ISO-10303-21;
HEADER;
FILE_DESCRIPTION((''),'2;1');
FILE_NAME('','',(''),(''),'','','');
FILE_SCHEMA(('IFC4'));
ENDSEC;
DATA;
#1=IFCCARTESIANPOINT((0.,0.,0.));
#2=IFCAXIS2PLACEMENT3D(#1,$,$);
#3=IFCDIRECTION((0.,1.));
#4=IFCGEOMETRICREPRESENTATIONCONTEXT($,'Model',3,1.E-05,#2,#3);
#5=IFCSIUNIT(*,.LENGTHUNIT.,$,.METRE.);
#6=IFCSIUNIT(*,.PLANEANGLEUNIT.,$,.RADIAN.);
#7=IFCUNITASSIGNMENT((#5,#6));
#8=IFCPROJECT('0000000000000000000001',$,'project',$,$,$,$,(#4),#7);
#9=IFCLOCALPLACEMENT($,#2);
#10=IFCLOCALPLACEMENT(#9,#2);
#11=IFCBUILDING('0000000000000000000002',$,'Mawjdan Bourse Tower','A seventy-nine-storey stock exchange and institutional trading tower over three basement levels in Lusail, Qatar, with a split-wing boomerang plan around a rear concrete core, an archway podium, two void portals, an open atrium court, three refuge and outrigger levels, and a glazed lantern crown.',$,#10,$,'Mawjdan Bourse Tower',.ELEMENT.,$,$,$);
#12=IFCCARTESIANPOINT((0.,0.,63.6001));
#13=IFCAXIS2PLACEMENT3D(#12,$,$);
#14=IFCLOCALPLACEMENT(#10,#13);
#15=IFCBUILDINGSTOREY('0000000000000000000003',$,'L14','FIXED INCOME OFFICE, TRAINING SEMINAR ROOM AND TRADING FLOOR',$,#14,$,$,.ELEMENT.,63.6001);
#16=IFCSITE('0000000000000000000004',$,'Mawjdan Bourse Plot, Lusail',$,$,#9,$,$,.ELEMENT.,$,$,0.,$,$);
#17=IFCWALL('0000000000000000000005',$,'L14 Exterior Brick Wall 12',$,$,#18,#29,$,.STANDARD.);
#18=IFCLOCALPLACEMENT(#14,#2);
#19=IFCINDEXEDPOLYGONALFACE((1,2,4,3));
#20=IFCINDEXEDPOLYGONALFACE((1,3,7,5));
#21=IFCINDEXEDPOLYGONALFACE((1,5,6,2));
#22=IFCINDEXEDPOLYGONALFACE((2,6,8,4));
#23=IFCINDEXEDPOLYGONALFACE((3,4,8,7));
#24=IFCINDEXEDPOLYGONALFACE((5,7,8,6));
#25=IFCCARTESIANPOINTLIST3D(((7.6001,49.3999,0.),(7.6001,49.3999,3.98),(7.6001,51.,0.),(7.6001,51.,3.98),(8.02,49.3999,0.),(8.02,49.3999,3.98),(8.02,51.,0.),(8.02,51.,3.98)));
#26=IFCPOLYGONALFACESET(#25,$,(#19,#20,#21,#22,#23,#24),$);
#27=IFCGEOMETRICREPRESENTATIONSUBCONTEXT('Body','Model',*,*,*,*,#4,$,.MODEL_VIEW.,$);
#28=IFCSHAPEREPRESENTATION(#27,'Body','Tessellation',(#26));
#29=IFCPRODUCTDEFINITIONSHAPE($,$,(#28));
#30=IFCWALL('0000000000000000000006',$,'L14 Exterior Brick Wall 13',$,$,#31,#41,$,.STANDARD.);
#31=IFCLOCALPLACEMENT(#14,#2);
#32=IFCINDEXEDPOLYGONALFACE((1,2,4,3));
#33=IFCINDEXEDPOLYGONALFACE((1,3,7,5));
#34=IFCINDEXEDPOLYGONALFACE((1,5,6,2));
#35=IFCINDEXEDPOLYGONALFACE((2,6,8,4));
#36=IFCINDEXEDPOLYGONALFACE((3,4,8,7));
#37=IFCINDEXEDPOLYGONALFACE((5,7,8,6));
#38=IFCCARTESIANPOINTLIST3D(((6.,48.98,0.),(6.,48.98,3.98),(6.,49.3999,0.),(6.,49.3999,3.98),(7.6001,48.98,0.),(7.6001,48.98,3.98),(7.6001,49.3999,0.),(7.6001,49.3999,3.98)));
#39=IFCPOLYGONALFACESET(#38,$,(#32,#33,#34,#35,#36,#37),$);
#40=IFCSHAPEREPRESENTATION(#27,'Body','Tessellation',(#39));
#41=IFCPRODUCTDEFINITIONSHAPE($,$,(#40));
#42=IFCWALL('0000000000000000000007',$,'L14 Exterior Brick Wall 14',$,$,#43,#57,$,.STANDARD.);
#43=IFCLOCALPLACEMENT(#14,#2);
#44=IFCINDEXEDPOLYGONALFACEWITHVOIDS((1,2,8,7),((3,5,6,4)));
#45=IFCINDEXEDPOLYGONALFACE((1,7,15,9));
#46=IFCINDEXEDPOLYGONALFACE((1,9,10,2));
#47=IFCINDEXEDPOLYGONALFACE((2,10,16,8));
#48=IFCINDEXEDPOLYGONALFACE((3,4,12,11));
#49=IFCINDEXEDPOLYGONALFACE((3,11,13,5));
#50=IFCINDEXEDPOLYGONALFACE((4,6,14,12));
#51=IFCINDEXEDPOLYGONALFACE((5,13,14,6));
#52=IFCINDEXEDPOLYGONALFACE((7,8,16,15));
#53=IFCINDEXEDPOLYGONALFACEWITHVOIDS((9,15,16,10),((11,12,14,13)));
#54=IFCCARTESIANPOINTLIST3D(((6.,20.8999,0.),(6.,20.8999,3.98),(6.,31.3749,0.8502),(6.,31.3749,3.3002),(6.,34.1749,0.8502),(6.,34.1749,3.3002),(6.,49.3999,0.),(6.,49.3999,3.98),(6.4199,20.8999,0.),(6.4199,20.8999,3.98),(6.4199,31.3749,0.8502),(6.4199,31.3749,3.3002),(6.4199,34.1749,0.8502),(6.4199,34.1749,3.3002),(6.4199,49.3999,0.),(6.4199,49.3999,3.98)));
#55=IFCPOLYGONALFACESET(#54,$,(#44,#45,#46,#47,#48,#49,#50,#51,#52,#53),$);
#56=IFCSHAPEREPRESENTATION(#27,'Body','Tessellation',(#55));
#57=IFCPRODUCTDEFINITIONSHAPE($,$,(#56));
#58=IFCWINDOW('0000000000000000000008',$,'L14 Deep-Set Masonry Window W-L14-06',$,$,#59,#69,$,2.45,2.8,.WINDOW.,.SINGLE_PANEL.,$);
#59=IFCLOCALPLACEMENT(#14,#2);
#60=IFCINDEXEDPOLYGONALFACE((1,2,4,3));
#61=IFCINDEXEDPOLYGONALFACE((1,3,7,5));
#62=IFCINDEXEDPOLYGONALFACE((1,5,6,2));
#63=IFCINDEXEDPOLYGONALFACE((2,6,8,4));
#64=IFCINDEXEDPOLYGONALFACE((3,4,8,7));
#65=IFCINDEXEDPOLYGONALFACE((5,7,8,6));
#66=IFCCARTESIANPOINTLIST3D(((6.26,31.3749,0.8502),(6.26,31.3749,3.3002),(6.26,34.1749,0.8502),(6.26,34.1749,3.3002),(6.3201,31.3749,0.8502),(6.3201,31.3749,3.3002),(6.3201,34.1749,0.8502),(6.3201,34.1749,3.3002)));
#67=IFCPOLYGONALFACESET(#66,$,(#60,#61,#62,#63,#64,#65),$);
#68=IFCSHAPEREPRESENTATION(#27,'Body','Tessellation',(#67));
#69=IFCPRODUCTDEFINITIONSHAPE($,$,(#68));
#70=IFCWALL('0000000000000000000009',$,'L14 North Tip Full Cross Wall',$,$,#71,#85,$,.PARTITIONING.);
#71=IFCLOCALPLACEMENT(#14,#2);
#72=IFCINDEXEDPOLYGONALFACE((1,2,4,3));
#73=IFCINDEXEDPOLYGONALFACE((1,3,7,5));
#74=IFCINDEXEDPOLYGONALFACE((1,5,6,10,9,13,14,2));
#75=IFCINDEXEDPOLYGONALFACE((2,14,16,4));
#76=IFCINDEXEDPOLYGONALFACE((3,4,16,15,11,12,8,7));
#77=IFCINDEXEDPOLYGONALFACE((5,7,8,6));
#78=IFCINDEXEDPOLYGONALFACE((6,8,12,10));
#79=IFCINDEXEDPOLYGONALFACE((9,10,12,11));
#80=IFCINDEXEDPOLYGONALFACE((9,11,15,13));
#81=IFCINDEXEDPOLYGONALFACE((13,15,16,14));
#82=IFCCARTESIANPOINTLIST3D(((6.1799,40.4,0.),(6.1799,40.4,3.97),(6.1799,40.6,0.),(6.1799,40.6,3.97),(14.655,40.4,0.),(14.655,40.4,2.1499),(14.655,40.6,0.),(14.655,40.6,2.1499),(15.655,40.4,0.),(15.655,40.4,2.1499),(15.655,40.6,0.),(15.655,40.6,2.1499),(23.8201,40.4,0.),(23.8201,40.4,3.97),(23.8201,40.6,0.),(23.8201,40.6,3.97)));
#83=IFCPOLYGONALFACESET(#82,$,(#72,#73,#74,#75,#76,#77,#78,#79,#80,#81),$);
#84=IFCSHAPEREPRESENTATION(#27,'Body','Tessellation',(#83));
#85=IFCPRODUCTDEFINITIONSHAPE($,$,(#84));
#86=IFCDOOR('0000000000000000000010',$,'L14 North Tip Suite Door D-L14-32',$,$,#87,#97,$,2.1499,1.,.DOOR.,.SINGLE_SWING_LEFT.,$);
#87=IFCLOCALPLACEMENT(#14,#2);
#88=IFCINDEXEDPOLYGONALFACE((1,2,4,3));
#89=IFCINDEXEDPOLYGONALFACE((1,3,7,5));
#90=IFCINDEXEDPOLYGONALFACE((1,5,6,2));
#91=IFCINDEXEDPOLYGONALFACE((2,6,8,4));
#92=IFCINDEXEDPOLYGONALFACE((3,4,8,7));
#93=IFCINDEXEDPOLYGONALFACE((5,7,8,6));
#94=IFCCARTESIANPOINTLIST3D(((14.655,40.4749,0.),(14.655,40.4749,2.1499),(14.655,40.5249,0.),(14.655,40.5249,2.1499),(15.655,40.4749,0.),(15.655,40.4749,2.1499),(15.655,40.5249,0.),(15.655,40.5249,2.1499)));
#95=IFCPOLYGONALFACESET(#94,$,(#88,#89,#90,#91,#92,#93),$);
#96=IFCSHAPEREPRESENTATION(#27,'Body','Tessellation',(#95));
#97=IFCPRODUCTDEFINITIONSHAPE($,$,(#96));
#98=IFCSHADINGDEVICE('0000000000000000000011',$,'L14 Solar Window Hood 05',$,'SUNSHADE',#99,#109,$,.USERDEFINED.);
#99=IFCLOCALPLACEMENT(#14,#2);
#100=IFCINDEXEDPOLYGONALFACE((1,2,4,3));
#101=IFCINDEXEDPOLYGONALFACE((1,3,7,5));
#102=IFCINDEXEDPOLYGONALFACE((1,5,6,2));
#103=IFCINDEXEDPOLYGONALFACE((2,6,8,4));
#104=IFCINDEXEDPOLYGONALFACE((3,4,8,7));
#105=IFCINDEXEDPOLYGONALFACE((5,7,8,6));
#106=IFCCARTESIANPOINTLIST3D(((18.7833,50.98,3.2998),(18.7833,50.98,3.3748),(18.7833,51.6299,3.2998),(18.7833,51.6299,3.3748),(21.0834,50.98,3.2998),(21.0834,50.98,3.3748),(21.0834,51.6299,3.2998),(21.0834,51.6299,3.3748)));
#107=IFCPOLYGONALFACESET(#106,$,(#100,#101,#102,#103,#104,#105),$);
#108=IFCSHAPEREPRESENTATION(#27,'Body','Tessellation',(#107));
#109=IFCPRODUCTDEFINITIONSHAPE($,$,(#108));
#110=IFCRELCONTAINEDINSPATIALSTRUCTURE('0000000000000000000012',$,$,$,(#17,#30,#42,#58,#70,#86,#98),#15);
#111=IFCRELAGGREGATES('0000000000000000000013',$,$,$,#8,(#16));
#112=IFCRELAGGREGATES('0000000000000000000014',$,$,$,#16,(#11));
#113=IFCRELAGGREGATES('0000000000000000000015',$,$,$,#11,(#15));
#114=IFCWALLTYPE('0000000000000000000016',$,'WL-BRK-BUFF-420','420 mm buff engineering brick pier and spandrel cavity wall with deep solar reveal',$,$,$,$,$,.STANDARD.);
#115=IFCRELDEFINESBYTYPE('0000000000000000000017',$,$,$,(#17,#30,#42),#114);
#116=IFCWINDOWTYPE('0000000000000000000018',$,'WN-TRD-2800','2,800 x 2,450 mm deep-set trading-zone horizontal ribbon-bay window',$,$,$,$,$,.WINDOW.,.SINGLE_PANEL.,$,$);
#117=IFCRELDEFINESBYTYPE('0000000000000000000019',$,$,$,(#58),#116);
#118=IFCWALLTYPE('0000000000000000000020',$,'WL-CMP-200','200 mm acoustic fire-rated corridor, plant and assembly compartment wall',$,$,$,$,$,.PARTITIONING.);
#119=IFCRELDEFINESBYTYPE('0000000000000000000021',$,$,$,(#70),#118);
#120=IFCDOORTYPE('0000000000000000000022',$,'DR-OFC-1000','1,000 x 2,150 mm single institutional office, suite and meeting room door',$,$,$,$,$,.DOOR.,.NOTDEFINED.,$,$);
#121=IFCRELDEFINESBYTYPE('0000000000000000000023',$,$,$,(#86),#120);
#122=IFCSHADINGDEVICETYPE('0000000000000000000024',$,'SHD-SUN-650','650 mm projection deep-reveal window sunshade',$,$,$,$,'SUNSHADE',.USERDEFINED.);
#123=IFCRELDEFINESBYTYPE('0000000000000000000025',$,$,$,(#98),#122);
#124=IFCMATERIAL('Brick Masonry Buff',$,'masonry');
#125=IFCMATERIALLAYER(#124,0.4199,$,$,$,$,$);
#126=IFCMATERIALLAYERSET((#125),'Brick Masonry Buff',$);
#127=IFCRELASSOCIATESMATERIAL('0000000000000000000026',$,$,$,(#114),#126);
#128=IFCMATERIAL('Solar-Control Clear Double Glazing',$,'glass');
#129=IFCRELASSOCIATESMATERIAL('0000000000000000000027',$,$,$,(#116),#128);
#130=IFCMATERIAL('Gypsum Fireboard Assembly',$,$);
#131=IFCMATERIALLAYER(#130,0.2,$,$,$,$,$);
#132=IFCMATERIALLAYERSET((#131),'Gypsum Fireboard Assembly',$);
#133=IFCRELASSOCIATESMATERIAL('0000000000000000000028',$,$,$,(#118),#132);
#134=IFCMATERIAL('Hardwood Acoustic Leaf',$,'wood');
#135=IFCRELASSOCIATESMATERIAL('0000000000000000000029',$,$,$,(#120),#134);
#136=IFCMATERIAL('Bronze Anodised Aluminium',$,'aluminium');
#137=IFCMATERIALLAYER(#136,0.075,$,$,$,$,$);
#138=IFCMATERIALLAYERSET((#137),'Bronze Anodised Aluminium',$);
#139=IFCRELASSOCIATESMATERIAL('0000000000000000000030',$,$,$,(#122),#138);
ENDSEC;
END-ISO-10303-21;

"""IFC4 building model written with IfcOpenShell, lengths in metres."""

from ifc_helpers import new_model, si_unit, direction, frame, frame_2d, origin, origin_2d, place, context, subcontext, project, spatial, rectangle, extrude, material, layer, layer_set, type_object, element, fill, save


model = new_model("IFC4")

# Units and contexts
model_context = context("Model", 3, precision=1e-05, world=origin(), true_north=direction((0.0, 1.0)))
body_context = subcontext(model_context, "Body", "Model", "MODEL_VIEW")
ifc_project = project(units=[si_unit("LENGTHUNIT", "METRE"), si_unit("PLANEANGLEUNIT", "RADIAN")], contexts=[model_context])

# Site, building, storey
site_placement = place(None, origin())
site = spatial("IfcSite", under=ifc_project, at=site_placement, Name="Mawjdan Bourse Plot, Lusail", CompositionType="ELEMENT", RefElevation=0.0)
building_placement = place(site_placement, origin())
building = spatial("IfcBuilding", under=site, at=building_placement, Name="Mawjdan Bourse Tower", Description="A seventy-nine-storey stock exchange and institutional trading tower over three basement levels in Lusail, Qatar, with a split-wing boomerang plan around a rear concrete core, an archway podium, two void portals, an open atrium court, three refuge and outrigger levels, and a glazed lantern crown.", LongName="Mawjdan Bourse Tower", CompositionType="ELEMENT")
storey_placement = place(building_placement, frame((0.0, 0.0, 63.6001)))
storey = spatial("IfcBuildingStorey", under=building, at=storey_placement, Name="L14", Description="FIXED INCOME OFFICE, TRAINING SEMINAR ROOM AND TRADING FLOOR", CompositionType="ELEMENT", Elevation=63.6001)

# Walls
ifc_material_1 = material(Name="Brick Masonry Buff", Category="masonry")
ifc_layer_1 = layer(ifc_material_1, 0.4199)
ifc_layer_set_1 = layer_set([ifc_layer_1], Name="Brick Masonry Buff")
wall_type_1 = type_object("IfcWallType", Name="WL-BRK-BUFF-420", Description="420 mm buff engineering brick pier and spandrel cavity wall with deep solar reveal", PredefinedType="STANDARD", material=ifc_layer_set_1)
for number, where, z_axis, x_axis, name in (
    (1, (7.8101, 51.0, 0.0), (0.0, 0.0, 1.0), (0.0, -1.0, 0.0), "L14 Exterior Brick Wall 12"),
    (2, (7.6001, 49.1899, 0.0), (0.0, 0.0, 1.0), (-1.0, 0.0, 0.0), "L14 Exterior Brick Wall 13"),
):
    element("IfcWall", number, at=place(storey_placement, frame(where, z_axis=z_axis, x_axis=x_axis)), inside=storey, type_object=wall_type_1, Name=name, PredefinedType="STANDARD", context=body_context, shape_type="SweptSolid", body=[
        extrude(rectangle(XDim=1.6001, YDim=0.4199, at=frame_2d((0.8, 0.0))), origin(), (0.0, 0.0, 1.0), 3.98),
    ])

# Wall, opening, window
wall_1_placement = place(storey_placement, frame((6.21, 49.3999, 0.0), z_axis=(0.0, 0.0, 1.0), x_axis=(0.0, -1.0, 0.0)))
wall_1 = element("IfcWall", 3, at=wall_1_placement, inside=storey, type_object=wall_type_1, Name="L14 Exterior Brick Wall 14", PredefinedType="STANDARD", context=body_context, shape_type="SweptSolid", body=[
    extrude(rectangle(XDim=28.5, YDim=0.4199, at=frame_2d((14.25, 0.0))), origin(), (0.0, 0.0, 1.0), 3.98),
])
opening_1_placement = place(wall_1_placement, frame((15.2251, 0.0, 0.8501)))
opening_1 = element("IfcOpeningElement", 4, at=opening_1_placement, cuts=wall_1, PredefinedType="OPENING", context=body_context, shape_type="SweptSolid", body=[
    extrude(rectangle(XDim=2.8, YDim=2.45, at=frame_2d((1.3999, 1.2251))), frame((0.0, 0.22, 0.0), z_axis=(0.0, -1.0, 0.0), x_axis=(1.0, 0.0, 0.0)), (0.0, 0.0, 1.0), 0.4399),
])
ifc_material_2 = material(Name="Solar-Control Clear Double Glazing", Category="glass")
window_type = type_object("IfcWindowType", Name="WN-TRD-2800", Description="2,800 x 2,450 mm deep-set trading-zone horizontal ribbon-bay window", PartitioningType="SINGLE_PANEL", PredefinedType="WINDOW", material=ifc_material_2)
window_placement = place(opening_1_placement, origin())
window = element("IfcWindow", 5, at=window_placement, inside=storey, type_object=window_type, Name="L14 Deep-Set Masonry Window W-L14-06", OverallHeight=2.45, OverallWidth=2.8, PartitioningType="SINGLE_PANEL", PredefinedType="WINDOW", context=body_context, shape_type="SweptSolid", body=[
    extrude(rectangle(XDim=2.8, YDim=2.45, at=frame_2d((1.3999, 1.2251))), frame((0.0, 0.1101, 0.0), z_axis=(0.0, -1.0, 0.0), x_axis=(1.0, 0.0, 0.0)), (0.0, 0.0, 1.0), 0.0601),
])
fill(opening_1, window)

# Wall, opening, door
ifc_material_3 = material(Name="Gypsum Fireboard Assembly")
ifc_layer_2 = layer(ifc_material_3, 0.2)
ifc_layer_set_2 = layer_set([ifc_layer_2], Name="Gypsum Fireboard Assembly")
wall_type_2 = type_object("IfcWallType", Name="WL-CMP-200", Description="200 mm acoustic fire-rated corridor, plant and assembly compartment wall", PredefinedType="PARTITIONING", material=ifc_layer_set_2)
wall_2_placement = place(storey_placement, frame((6.1799, 40.5, 0.0), z_axis=(0.0, 0.0, 1.0), x_axis=(1.0, 0.0, 0.0)))
wall_2 = element("IfcWall", 6, at=wall_2_placement, inside=storey, type_object=wall_type_2, Name="L14 North Tip Full Cross Wall", PredefinedType="PARTITIONING", context=body_context, shape_type="SweptSolid", body=[
    extrude(rectangle(XDim=17.6401, YDim=0.2, at=frame_2d((8.8201, 0.0))), origin(), (0.0, 0.0, 1.0), 3.97),
])
opening_2_placement = place(wall_2_placement, frame((8.4751, 0.0, 0.0)))
opening_2 = element("IfcOpeningElement", 7, at=opening_2_placement, cuts=wall_2, PredefinedType="OPENING", context=body_context, shape_type="SweptSolid", body=[
    extrude(rectangle(XDim=1.0, YDim=2.1499, at=frame_2d((0.5, 1.075))), frame((0.0, 0.1099, 0.0), z_axis=(0.0, -1.0, 0.0), x_axis=(1.0, 0.0, 0.0)), (0.0, 0.0, 1.0), 0.22),
])
ifc_material_4 = material(Name="Hardwood Acoustic Leaf", Category="wood")
door_type = type_object("IfcDoorType", Name="DR-OFC-1000", Description="1,000 x 2,150 mm single institutional office, suite and meeting room door", OperationType="NOTDEFINED", PredefinedType="DOOR", material=ifc_material_4)
door_placement = place(opening_2_placement, origin())
door = element("IfcDoor", 8, at=door_placement, inside=storey, type_object=door_type, Name="L14 North Tip Suite Door D-L14-32", OperationType="SINGLE_SWING_LEFT", OverallHeight=2.1499, OverallWidth=1.0, PredefinedType="DOOR", context=body_context, shape_type="SweptSolid", body=[
    extrude(rectangle(XDim=1.0, YDim=2.1499, at=frame_2d((0.5, 1.075))), frame((0.0, 0.0249, 0.0), z_axis=(0.0, -1.0, 0.0), x_axis=(1.0, 0.0, 0.0)), (0.0, 0.0, 1.0), 0.05),
])
fill(opening_2, door)

# Shading device
ifc_material_5 = material(Name="Bronze Anodised Aluminium", Category="aluminium")
ifc_layer_3 = layer(ifc_material_5, 0.075)
ifc_layer_set_3 = layer_set([ifc_layer_3], Name="Bronze Anodised Aluminium")
shading_device_type = type_object("IfcShadingDeviceType", Name="SHD-SUN-650", Description="650 mm projection deep-reveal window sunshade", ElementType="SUNSHADE", PredefinedType="USERDEFINED", material=ifc_layer_set_3)
shading_device_placement = place(storey_placement, frame((19.9333, 51.3049, 3.2998), z_axis=(0.0, 0.0, 1.0), x_axis=(-1.0, 0.0, 0.0)))
element("IfcShadingDevice", 9, at=shading_device_placement, inside=storey, type_object=shading_device_type, Name="L14 Solar Window Hood 05", ObjectType="SUNSHADE", PredefinedType="USERDEFINED", context=body_context, shape_type="SweptSolid", body=[
    extrude(rectangle(XDim=2.3, YDim=0.6499, at=origin_2d()), origin(), (0.0, 0.0, 1.0), 0.075),
])

save(model, "model.ifc")
